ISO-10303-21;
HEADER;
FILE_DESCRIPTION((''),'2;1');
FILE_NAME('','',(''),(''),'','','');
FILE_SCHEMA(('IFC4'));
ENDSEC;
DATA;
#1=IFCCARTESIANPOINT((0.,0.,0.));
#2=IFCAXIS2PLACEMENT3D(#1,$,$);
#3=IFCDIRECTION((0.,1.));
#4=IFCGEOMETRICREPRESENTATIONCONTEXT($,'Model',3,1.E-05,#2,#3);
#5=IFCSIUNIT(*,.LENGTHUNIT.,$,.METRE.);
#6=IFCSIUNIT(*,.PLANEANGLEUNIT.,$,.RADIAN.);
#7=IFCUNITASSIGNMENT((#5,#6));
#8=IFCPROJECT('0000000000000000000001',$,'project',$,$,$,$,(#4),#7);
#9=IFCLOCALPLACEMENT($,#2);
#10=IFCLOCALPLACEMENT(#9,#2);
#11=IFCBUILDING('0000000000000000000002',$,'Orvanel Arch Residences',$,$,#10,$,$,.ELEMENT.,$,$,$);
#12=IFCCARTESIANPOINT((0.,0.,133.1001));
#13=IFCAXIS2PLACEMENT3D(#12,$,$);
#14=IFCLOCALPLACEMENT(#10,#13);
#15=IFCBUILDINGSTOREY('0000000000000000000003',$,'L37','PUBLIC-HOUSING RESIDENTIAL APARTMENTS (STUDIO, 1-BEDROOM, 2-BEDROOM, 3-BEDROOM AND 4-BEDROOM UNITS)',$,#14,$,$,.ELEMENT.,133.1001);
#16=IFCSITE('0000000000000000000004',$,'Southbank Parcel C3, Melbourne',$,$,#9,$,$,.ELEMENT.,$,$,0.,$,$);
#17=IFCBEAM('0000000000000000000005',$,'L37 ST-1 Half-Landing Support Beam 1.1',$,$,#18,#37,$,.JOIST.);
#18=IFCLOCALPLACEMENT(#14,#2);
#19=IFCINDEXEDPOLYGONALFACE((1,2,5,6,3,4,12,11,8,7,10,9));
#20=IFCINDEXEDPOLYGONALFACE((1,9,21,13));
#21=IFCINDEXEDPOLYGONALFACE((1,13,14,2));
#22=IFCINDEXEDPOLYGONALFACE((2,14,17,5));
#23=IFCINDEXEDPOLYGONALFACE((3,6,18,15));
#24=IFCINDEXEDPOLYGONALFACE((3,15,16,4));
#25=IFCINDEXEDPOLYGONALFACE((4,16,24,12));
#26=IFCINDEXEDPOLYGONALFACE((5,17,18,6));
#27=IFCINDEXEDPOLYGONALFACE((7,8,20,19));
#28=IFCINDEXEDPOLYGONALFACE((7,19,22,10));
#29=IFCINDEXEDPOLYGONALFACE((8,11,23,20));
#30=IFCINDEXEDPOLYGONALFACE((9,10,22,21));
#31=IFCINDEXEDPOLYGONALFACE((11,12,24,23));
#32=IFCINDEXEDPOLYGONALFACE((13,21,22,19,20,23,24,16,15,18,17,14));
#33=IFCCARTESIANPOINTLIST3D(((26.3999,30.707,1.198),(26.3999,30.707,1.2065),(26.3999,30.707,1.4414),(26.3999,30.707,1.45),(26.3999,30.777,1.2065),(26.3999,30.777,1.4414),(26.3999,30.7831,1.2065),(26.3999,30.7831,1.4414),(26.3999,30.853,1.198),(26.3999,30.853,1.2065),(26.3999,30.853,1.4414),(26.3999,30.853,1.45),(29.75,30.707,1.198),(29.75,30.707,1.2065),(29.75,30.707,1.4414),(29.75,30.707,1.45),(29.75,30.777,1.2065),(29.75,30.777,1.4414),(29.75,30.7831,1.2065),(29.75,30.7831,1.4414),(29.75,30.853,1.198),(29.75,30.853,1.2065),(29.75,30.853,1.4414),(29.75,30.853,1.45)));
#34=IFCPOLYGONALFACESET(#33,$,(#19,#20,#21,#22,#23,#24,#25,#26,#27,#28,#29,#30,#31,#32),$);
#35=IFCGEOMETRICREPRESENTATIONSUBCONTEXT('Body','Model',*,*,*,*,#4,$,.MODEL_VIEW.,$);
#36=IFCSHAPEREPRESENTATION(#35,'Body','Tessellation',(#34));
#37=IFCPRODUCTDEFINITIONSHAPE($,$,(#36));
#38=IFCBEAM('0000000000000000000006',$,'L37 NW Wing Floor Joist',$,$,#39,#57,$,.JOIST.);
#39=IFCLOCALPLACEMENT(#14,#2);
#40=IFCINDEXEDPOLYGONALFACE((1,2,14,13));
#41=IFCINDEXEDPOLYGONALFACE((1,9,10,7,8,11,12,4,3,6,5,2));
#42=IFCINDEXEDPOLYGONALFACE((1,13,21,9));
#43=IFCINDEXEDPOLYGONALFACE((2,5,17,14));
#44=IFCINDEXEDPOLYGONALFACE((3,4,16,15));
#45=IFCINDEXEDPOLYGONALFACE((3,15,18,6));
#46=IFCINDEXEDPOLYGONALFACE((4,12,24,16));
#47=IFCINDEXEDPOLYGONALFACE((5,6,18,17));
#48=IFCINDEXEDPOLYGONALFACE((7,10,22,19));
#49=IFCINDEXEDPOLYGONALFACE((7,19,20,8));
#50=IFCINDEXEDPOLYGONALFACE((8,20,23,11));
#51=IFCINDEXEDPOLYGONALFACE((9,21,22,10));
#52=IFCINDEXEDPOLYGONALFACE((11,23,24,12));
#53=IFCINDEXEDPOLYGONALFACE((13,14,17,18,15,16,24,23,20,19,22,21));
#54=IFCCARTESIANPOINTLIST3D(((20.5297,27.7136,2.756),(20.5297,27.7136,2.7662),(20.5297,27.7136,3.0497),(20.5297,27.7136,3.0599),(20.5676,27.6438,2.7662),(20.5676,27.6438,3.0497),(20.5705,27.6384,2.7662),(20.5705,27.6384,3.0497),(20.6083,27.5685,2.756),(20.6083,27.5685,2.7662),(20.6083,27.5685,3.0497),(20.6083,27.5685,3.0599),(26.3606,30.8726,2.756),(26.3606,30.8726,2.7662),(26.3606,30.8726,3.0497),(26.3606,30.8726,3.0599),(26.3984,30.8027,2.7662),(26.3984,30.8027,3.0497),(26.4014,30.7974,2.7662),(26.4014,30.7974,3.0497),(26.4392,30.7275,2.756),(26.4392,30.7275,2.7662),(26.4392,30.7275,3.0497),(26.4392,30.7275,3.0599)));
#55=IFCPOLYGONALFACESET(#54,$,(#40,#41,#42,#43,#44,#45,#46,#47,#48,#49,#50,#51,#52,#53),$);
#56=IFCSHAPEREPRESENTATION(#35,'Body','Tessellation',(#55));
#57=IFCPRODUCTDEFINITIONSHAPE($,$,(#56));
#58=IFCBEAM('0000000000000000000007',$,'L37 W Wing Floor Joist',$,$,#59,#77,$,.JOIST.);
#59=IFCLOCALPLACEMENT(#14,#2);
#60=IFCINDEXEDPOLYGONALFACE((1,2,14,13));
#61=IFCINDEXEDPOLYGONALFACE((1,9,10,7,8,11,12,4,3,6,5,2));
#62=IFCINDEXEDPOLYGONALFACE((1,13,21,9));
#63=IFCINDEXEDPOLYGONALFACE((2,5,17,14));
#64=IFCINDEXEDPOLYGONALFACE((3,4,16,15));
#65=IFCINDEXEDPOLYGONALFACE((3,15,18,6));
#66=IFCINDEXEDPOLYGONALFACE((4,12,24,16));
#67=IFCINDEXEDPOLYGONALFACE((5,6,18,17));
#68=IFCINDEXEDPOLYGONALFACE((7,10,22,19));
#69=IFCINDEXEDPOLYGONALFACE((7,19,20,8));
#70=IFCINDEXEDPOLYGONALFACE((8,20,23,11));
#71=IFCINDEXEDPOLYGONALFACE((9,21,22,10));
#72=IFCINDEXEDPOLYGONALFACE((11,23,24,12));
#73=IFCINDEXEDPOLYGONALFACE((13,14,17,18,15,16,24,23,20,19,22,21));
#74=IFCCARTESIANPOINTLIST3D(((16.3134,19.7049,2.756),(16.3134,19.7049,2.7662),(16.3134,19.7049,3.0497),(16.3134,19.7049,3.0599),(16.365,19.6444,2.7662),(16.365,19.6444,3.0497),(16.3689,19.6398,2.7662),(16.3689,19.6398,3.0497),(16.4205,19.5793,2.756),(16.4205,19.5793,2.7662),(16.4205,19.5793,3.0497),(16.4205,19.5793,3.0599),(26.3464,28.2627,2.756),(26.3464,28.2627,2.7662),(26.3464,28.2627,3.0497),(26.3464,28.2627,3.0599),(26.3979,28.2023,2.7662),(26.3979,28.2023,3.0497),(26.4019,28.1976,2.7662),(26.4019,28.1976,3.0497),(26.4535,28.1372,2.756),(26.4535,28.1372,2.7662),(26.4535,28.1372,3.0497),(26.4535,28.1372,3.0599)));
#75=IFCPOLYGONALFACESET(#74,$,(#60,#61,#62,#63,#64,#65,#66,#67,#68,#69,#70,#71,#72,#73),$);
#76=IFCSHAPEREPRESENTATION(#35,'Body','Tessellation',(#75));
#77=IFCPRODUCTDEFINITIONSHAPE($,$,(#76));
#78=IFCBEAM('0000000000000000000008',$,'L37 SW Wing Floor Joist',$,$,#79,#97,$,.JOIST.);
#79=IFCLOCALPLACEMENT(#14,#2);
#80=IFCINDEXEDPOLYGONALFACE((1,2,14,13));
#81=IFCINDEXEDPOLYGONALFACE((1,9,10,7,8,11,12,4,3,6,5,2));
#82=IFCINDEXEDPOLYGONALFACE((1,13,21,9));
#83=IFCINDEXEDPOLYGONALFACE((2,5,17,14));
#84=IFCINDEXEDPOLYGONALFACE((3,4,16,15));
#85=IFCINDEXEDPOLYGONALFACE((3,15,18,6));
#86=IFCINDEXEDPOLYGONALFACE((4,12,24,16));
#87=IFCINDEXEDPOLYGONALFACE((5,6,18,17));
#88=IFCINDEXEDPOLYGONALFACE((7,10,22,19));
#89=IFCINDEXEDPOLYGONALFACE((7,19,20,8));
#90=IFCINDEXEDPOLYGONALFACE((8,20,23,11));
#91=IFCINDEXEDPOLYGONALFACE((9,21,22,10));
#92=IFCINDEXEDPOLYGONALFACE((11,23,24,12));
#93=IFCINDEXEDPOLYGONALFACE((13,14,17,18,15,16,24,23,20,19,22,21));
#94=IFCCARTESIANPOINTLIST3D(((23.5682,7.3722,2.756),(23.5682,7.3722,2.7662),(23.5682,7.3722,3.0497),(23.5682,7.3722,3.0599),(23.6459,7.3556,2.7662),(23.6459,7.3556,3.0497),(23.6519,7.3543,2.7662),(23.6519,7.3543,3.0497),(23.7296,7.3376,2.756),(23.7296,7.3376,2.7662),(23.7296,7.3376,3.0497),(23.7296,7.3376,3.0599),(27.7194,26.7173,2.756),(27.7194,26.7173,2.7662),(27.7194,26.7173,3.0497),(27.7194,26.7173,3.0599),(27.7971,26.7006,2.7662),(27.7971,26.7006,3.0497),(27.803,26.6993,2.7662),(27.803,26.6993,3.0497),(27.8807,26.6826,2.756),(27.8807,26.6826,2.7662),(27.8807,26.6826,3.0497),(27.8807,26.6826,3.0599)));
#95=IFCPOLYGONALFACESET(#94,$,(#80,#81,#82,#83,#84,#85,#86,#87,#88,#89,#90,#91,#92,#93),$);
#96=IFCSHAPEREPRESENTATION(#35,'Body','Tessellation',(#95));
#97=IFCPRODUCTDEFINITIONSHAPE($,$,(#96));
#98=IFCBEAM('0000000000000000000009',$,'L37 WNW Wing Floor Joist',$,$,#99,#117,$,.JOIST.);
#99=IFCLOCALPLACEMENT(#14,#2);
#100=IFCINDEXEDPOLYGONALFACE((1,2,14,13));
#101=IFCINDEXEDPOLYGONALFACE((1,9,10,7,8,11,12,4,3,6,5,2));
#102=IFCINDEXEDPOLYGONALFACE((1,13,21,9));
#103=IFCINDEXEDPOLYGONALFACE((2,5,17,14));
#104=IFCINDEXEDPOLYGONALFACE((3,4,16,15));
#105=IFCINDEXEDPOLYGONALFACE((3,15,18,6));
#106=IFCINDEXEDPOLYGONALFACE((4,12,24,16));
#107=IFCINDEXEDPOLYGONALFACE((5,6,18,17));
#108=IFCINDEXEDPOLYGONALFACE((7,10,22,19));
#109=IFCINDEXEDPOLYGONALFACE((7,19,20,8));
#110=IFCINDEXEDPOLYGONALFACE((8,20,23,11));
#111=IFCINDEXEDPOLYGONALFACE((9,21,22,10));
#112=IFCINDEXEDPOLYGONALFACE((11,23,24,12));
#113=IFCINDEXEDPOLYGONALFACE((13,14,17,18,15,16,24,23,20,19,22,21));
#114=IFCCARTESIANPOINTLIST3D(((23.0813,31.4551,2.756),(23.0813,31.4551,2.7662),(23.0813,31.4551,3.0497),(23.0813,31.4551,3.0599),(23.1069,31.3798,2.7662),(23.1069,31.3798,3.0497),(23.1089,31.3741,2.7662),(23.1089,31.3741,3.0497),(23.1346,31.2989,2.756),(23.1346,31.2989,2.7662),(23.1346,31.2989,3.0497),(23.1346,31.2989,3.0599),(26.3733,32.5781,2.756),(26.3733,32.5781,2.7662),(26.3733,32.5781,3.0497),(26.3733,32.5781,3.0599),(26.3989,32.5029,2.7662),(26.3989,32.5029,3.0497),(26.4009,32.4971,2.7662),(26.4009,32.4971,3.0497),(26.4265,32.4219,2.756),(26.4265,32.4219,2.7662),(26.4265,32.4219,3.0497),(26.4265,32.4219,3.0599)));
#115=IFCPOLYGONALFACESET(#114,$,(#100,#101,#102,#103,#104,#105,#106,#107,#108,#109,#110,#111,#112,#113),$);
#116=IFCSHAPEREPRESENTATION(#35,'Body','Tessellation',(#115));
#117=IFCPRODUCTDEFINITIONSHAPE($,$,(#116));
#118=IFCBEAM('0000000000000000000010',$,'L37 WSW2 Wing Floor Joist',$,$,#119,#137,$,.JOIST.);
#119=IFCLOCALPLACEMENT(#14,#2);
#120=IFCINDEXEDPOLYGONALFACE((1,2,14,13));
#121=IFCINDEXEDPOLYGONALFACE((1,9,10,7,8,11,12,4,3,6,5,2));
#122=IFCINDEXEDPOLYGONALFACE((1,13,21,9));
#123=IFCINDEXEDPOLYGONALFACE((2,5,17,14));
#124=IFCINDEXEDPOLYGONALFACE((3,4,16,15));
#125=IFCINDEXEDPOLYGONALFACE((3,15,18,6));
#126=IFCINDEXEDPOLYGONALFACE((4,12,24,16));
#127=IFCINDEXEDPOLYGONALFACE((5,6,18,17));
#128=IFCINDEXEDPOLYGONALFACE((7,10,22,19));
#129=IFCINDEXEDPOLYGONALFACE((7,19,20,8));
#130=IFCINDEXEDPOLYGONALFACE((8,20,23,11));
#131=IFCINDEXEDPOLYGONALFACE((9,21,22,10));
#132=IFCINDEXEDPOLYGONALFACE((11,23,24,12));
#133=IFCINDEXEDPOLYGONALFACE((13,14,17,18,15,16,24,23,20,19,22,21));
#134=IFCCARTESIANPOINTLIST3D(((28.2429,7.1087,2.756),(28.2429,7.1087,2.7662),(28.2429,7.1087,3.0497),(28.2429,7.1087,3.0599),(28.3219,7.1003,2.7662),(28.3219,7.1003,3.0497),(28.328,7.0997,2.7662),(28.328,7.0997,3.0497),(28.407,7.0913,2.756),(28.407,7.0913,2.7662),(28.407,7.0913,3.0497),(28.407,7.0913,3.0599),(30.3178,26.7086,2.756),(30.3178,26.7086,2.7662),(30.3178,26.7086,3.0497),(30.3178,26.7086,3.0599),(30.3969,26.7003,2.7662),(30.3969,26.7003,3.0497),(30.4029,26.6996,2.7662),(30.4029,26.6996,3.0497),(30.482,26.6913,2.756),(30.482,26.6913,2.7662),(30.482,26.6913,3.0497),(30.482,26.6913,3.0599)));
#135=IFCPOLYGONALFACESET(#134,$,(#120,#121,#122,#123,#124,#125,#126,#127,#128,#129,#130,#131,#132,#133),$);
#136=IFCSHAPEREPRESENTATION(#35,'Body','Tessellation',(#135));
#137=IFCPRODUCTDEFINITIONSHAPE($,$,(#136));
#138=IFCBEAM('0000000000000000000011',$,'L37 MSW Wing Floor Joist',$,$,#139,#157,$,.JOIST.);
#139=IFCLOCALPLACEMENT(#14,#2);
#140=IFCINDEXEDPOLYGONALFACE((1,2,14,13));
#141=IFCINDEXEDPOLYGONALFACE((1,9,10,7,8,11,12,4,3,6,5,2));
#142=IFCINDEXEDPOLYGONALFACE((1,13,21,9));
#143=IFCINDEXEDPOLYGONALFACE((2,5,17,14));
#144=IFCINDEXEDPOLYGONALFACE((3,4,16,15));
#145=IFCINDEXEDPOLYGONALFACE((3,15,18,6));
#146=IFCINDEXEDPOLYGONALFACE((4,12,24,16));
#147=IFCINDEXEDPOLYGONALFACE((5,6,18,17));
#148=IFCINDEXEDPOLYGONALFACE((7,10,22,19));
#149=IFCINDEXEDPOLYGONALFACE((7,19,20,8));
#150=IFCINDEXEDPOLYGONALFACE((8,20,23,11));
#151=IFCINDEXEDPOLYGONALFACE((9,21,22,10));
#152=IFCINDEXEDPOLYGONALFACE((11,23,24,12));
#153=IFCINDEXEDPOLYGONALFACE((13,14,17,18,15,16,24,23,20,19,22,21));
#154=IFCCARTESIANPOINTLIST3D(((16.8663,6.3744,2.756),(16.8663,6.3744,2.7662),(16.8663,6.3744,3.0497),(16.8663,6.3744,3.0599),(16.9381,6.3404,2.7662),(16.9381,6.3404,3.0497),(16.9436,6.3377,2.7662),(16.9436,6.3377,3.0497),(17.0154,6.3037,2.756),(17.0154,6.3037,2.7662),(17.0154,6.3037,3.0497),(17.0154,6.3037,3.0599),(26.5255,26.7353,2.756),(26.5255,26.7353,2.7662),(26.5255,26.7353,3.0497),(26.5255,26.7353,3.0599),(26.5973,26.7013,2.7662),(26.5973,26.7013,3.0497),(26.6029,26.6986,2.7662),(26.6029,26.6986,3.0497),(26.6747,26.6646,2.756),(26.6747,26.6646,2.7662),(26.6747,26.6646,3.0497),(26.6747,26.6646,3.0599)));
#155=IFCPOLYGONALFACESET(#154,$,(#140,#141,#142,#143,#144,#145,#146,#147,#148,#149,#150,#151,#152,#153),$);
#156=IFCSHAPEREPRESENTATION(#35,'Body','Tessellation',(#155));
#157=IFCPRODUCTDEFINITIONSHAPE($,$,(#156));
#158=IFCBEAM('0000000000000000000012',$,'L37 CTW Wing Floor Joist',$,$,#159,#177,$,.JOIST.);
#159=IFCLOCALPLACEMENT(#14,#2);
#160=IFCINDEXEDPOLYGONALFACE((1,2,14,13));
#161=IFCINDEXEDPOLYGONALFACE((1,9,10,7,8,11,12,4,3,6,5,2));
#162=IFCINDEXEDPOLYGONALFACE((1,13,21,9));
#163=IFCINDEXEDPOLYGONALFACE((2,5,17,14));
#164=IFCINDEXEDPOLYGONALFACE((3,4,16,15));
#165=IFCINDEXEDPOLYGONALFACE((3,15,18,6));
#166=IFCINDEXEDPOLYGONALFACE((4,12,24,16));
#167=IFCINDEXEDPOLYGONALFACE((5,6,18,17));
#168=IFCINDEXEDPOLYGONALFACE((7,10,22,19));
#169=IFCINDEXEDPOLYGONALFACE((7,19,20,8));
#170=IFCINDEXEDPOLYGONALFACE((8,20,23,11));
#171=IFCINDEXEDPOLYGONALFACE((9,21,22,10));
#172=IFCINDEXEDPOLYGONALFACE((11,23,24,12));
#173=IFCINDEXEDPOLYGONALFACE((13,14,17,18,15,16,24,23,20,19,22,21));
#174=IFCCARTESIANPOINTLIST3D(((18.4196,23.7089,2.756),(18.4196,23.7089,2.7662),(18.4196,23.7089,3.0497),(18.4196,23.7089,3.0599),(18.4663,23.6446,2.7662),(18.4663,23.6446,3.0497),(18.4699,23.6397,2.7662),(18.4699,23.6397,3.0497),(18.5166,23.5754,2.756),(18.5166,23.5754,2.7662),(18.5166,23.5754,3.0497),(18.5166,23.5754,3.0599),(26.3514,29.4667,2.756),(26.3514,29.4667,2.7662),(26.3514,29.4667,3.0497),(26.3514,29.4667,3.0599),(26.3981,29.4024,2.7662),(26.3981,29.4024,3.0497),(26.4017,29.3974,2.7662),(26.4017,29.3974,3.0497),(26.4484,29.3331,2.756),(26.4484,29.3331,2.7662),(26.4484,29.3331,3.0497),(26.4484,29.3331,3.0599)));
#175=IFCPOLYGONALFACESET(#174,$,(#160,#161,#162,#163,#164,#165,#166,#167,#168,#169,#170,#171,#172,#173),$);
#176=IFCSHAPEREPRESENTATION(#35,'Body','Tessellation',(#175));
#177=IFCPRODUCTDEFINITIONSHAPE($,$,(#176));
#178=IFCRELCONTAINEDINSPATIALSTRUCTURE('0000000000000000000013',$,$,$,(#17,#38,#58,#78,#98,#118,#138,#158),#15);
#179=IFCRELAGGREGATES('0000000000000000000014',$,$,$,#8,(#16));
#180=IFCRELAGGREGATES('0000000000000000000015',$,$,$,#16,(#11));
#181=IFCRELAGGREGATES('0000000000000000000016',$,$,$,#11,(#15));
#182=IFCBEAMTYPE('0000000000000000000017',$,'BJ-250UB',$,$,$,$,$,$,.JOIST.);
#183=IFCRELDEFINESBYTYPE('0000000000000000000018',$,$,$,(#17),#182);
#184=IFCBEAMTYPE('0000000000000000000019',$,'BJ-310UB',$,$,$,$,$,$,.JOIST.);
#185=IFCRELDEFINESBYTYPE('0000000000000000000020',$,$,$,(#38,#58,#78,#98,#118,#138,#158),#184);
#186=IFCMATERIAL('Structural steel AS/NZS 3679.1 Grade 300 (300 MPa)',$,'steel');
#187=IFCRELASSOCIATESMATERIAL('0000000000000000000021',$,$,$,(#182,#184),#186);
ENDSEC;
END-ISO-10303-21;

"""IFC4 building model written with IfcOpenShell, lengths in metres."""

from ifc_helpers import new_model, si_unit, direction, frame, origin, origin_2d, place, context, subcontext, project, spatial, i_section, extrude, material, material_profile, profile_set, type_object, element, save


model = new_model("IFC4")

# Units and contexts
model_context = context("Model", 3, precision=1e-05, world=origin(), true_north=direction((0.0, 1.0)))
body_context = subcontext(model_context, "Body", "Model", "MODEL_VIEW")
ifc_project = project(units=[si_unit("LENGTHUNIT", "METRE"), si_unit("PLANEANGLEUNIT", "RADIAN")], contexts=[model_context])

# Site, building, storey
site_placement = place(None, origin())
site = spatial("IfcSite", under=ifc_project, at=site_placement, Name="Southbank Parcel C3, Melbourne", CompositionType="ELEMENT", RefElevation=0.0)
building_placement = place(site_placement, origin())
building = spatial("IfcBuilding", under=site, at=building_placement, Name="Orvanel Arch Residences", CompositionType="ELEMENT")
storey_placement = place(building_placement, frame((0.0, 0.0, 133.1001)))
storey = spatial("IfcBuildingStorey", under=building, at=storey_placement, Name="L37", Description="PUBLIC-HOUSING RESIDENTIAL APARTMENTS (STUDIO, 1-BEDROOM, 2-BEDROOM, 3-BEDROOM AND 4-BEDROOM UNITS)", CompositionType="ELEMENT", Elevation=133.1001)

# Beams
ifc_material_1 = material(Name="Structural steel AS/NZS 3679.1 Grade 300 (300 MPa)", Category="steel")
ifc_material_profile_1 = material_profile(ifc_material_1, i_section(OverallWidth=0.146, OverallDepth=0.252, WebThickness=0.0061, FlangeThickness=0.0085, at=origin_2d()), Name="250UB31.4")
ifc_profile_set_1 = profile_set([ifc_material_profile_1], Name="Structural steel AS/NZS 3679.1 Grade 300 (300 MPa)")
beam_type_1 = type_object("IfcBeamType", Name="BJ-250UB", PredefinedType="JOIST", material=ifc_profile_set_1)
beam_1_placement = place(storey_placement, frame((26.3999, 30.78, 1.324), z_axis=(1.0, 0.0, 0.0), x_axis=(0.0, 1.0, 0.0)))
element("IfcBeam", 1, at=beam_1_placement, inside=storey, type_object=beam_type_1, Name="L37 ST-1 Half-Landing Support Beam 1.1", PredefinedType="JOIST", context=body_context, shape_type="SweptSolid", body=[
    extrude(i_section(OverallWidth=0.146, OverallDepth=0.252, WebThickness=0.0061, FlangeThickness=0.0085, at=origin_2d()), origin(), (0.0, 0.0, 1.0), 3.3501),
])
ifc_material_profile_2 = material_profile(ifc_material_1, i_section(OverallWidth=0.165, OverallDepth=0.304, WebThickness=0.0061, FlangeThickness=0.0103, at=origin_2d()), Name="310UB40.4")
ifc_profile_set_2 = profile_set([ifc_material_profile_2], Name="Structural steel AS/NZS 3679.1 Grade 300 (300 MPa)")
beam_type_2 = type_object("IfcBeamType", Name="BJ-310UB", PredefinedType="JOIST", material=ifc_profile_set_2)
beam_2_placement = place(storey_placement, frame((26.3999, 30.8, 2.908), z_axis=(-0.879255, -0.476351, 0.0), x_axis=(0.476351, -0.879255, 0.0)))
element("IfcBeam", 2, at=beam_2_placement, inside=storey, type_object=beam_type_2, Name="L37 NW Wing Floor Joist", PredefinedType="JOIST", context=body_context, shape_type="SweptSolid", body=[
    extrude(i_section(OverallWidth=0.165, OverallDepth=0.304, WebThickness=0.0061, FlangeThickness=0.0103, at=origin_2d()), origin(), (0.0, 0.0, 1.0), 6.6316),
])
beam_3_placement = place(storey_placement, frame((26.3999, 28.2, 2.908), z_axis=(-0.760821, -0.648961, 0.0), x_axis=(0.648961, -0.760821, 0.0)))
element("IfcBeam", 3, at=beam_3_placement, inside=storey, type_object=beam_type_2, Name="L37 W Wing Floor Joist", PredefinedType="JOIST", context=body_context, shape_type="SweptSolid", body=[
    extrude(i_section(OverallWidth=0.165, OverallDepth=0.304, WebThickness=0.0061, FlangeThickness=0.0103, at=origin_2d()), origin(), (0.0, 0.0, 1.0), 13.187),
])
beam_4_placement = place(storey_placement, frame((27.8, 26.7, 2.908), z_axis=(-0.209808, -0.977743, 0.0), x_axis=(0.977743, -0.209808, 0.0)))
element("IfcBeam", 4, at=beam_4_placement, inside=storey, type_object=beam_type_2, Name="L37 SW Wing Floor Joist", PredefinedType="JOIST", context=body_context, shape_type="SweptSolid", body=[
    extrude(i_section(OverallWidth=0.165, OverallDepth=0.304, WebThickness=0.0061, FlangeThickness=0.0103, at=origin_2d()), origin(), (0.0, 0.0, 1.0), 19.7854),
])
beam_5_placement = place(storey_placement, frame((26.3999, 32.5, 2.908), z_axis=(-0.946442, -0.322874, 0.0), x_axis=(0.322874, -0.946442, 0.0)))
element("IfcBeam", 5, at=beam_5_placement, inside=storey, type_object=beam_type_2, Name="L37 WNW Wing Floor Joist", PredefinedType="JOIST", context=body_context, shape_type="SweptSolid", body=[
    extrude(i_section(OverallWidth=0.165, OverallDepth=0.304, WebThickness=0.0061, FlangeThickness=0.0103, at=origin_2d()), origin(), (0.0, 0.0, 1.0), 3.4783),
])
beam_6_placement = place(storey_placement, frame((30.3999, 26.7, 2.908), z_axis=(-0.105277, -0.994443, 0.0), x_axis=(0.994443, -0.105277, 0.0)))
element("IfcBeam", 6, at=beam_6_placement, inside=storey, type_object=beam_type_2, Name="L37 WSW2 Wing Floor Joist", PredefinedType="JOIST", context=body_context, shape_type="SweptSolid", body=[
    extrude(i_section(OverallWidth=0.165, OverallDepth=0.304, WebThickness=0.0061, FlangeThickness=0.0103, at=origin_2d()), origin(), (0.0, 0.0, 1.0), 19.7095),
])
beam_7_placement = place(storey_placement, frame((26.6001, 26.7, 2.908), z_axis=(-0.428614, -0.903488, 0.0), x_axis=(0.903488, -0.428614, 0.0)))
element("IfcBeam", 7, at=beam_7_placement, inside=storey, type_object=beam_type_2, Name="L37 MSW Wing Floor Joist", PredefinedType="JOIST", context=body_context, shape_type="SweptSolid", body=[
    extrude(i_section(OverallWidth=0.165, OverallDepth=0.304, WebThickness=0.0061, FlangeThickness=0.0103, at=origin_2d()), origin(), (0.0, 0.0, 1.0), 22.5359),
])
beam_8_placement = place(storey_placement, frame((26.3999, 29.3999, 2.908), z_axis=(-0.809261, -0.587449, 0.0), x_axis=(0.587449, -0.809261, 0.0)))
element("IfcBeam", 8, at=beam_8_placement, inside=storey, type_object=beam_type_2, Name="L37 CTW Wing Floor Joist", PredefinedType="JOIST", context=body_context, shape_type="SweptSolid", body=[
    extrude(i_section(OverallWidth=0.165, OverallDepth=0.304, WebThickness=0.0061, FlangeThickness=0.0103, at=origin_2d()), origin(), (0.0, 0.0, 1.0), 9.8013),
])

save(model, "model.ifc")
